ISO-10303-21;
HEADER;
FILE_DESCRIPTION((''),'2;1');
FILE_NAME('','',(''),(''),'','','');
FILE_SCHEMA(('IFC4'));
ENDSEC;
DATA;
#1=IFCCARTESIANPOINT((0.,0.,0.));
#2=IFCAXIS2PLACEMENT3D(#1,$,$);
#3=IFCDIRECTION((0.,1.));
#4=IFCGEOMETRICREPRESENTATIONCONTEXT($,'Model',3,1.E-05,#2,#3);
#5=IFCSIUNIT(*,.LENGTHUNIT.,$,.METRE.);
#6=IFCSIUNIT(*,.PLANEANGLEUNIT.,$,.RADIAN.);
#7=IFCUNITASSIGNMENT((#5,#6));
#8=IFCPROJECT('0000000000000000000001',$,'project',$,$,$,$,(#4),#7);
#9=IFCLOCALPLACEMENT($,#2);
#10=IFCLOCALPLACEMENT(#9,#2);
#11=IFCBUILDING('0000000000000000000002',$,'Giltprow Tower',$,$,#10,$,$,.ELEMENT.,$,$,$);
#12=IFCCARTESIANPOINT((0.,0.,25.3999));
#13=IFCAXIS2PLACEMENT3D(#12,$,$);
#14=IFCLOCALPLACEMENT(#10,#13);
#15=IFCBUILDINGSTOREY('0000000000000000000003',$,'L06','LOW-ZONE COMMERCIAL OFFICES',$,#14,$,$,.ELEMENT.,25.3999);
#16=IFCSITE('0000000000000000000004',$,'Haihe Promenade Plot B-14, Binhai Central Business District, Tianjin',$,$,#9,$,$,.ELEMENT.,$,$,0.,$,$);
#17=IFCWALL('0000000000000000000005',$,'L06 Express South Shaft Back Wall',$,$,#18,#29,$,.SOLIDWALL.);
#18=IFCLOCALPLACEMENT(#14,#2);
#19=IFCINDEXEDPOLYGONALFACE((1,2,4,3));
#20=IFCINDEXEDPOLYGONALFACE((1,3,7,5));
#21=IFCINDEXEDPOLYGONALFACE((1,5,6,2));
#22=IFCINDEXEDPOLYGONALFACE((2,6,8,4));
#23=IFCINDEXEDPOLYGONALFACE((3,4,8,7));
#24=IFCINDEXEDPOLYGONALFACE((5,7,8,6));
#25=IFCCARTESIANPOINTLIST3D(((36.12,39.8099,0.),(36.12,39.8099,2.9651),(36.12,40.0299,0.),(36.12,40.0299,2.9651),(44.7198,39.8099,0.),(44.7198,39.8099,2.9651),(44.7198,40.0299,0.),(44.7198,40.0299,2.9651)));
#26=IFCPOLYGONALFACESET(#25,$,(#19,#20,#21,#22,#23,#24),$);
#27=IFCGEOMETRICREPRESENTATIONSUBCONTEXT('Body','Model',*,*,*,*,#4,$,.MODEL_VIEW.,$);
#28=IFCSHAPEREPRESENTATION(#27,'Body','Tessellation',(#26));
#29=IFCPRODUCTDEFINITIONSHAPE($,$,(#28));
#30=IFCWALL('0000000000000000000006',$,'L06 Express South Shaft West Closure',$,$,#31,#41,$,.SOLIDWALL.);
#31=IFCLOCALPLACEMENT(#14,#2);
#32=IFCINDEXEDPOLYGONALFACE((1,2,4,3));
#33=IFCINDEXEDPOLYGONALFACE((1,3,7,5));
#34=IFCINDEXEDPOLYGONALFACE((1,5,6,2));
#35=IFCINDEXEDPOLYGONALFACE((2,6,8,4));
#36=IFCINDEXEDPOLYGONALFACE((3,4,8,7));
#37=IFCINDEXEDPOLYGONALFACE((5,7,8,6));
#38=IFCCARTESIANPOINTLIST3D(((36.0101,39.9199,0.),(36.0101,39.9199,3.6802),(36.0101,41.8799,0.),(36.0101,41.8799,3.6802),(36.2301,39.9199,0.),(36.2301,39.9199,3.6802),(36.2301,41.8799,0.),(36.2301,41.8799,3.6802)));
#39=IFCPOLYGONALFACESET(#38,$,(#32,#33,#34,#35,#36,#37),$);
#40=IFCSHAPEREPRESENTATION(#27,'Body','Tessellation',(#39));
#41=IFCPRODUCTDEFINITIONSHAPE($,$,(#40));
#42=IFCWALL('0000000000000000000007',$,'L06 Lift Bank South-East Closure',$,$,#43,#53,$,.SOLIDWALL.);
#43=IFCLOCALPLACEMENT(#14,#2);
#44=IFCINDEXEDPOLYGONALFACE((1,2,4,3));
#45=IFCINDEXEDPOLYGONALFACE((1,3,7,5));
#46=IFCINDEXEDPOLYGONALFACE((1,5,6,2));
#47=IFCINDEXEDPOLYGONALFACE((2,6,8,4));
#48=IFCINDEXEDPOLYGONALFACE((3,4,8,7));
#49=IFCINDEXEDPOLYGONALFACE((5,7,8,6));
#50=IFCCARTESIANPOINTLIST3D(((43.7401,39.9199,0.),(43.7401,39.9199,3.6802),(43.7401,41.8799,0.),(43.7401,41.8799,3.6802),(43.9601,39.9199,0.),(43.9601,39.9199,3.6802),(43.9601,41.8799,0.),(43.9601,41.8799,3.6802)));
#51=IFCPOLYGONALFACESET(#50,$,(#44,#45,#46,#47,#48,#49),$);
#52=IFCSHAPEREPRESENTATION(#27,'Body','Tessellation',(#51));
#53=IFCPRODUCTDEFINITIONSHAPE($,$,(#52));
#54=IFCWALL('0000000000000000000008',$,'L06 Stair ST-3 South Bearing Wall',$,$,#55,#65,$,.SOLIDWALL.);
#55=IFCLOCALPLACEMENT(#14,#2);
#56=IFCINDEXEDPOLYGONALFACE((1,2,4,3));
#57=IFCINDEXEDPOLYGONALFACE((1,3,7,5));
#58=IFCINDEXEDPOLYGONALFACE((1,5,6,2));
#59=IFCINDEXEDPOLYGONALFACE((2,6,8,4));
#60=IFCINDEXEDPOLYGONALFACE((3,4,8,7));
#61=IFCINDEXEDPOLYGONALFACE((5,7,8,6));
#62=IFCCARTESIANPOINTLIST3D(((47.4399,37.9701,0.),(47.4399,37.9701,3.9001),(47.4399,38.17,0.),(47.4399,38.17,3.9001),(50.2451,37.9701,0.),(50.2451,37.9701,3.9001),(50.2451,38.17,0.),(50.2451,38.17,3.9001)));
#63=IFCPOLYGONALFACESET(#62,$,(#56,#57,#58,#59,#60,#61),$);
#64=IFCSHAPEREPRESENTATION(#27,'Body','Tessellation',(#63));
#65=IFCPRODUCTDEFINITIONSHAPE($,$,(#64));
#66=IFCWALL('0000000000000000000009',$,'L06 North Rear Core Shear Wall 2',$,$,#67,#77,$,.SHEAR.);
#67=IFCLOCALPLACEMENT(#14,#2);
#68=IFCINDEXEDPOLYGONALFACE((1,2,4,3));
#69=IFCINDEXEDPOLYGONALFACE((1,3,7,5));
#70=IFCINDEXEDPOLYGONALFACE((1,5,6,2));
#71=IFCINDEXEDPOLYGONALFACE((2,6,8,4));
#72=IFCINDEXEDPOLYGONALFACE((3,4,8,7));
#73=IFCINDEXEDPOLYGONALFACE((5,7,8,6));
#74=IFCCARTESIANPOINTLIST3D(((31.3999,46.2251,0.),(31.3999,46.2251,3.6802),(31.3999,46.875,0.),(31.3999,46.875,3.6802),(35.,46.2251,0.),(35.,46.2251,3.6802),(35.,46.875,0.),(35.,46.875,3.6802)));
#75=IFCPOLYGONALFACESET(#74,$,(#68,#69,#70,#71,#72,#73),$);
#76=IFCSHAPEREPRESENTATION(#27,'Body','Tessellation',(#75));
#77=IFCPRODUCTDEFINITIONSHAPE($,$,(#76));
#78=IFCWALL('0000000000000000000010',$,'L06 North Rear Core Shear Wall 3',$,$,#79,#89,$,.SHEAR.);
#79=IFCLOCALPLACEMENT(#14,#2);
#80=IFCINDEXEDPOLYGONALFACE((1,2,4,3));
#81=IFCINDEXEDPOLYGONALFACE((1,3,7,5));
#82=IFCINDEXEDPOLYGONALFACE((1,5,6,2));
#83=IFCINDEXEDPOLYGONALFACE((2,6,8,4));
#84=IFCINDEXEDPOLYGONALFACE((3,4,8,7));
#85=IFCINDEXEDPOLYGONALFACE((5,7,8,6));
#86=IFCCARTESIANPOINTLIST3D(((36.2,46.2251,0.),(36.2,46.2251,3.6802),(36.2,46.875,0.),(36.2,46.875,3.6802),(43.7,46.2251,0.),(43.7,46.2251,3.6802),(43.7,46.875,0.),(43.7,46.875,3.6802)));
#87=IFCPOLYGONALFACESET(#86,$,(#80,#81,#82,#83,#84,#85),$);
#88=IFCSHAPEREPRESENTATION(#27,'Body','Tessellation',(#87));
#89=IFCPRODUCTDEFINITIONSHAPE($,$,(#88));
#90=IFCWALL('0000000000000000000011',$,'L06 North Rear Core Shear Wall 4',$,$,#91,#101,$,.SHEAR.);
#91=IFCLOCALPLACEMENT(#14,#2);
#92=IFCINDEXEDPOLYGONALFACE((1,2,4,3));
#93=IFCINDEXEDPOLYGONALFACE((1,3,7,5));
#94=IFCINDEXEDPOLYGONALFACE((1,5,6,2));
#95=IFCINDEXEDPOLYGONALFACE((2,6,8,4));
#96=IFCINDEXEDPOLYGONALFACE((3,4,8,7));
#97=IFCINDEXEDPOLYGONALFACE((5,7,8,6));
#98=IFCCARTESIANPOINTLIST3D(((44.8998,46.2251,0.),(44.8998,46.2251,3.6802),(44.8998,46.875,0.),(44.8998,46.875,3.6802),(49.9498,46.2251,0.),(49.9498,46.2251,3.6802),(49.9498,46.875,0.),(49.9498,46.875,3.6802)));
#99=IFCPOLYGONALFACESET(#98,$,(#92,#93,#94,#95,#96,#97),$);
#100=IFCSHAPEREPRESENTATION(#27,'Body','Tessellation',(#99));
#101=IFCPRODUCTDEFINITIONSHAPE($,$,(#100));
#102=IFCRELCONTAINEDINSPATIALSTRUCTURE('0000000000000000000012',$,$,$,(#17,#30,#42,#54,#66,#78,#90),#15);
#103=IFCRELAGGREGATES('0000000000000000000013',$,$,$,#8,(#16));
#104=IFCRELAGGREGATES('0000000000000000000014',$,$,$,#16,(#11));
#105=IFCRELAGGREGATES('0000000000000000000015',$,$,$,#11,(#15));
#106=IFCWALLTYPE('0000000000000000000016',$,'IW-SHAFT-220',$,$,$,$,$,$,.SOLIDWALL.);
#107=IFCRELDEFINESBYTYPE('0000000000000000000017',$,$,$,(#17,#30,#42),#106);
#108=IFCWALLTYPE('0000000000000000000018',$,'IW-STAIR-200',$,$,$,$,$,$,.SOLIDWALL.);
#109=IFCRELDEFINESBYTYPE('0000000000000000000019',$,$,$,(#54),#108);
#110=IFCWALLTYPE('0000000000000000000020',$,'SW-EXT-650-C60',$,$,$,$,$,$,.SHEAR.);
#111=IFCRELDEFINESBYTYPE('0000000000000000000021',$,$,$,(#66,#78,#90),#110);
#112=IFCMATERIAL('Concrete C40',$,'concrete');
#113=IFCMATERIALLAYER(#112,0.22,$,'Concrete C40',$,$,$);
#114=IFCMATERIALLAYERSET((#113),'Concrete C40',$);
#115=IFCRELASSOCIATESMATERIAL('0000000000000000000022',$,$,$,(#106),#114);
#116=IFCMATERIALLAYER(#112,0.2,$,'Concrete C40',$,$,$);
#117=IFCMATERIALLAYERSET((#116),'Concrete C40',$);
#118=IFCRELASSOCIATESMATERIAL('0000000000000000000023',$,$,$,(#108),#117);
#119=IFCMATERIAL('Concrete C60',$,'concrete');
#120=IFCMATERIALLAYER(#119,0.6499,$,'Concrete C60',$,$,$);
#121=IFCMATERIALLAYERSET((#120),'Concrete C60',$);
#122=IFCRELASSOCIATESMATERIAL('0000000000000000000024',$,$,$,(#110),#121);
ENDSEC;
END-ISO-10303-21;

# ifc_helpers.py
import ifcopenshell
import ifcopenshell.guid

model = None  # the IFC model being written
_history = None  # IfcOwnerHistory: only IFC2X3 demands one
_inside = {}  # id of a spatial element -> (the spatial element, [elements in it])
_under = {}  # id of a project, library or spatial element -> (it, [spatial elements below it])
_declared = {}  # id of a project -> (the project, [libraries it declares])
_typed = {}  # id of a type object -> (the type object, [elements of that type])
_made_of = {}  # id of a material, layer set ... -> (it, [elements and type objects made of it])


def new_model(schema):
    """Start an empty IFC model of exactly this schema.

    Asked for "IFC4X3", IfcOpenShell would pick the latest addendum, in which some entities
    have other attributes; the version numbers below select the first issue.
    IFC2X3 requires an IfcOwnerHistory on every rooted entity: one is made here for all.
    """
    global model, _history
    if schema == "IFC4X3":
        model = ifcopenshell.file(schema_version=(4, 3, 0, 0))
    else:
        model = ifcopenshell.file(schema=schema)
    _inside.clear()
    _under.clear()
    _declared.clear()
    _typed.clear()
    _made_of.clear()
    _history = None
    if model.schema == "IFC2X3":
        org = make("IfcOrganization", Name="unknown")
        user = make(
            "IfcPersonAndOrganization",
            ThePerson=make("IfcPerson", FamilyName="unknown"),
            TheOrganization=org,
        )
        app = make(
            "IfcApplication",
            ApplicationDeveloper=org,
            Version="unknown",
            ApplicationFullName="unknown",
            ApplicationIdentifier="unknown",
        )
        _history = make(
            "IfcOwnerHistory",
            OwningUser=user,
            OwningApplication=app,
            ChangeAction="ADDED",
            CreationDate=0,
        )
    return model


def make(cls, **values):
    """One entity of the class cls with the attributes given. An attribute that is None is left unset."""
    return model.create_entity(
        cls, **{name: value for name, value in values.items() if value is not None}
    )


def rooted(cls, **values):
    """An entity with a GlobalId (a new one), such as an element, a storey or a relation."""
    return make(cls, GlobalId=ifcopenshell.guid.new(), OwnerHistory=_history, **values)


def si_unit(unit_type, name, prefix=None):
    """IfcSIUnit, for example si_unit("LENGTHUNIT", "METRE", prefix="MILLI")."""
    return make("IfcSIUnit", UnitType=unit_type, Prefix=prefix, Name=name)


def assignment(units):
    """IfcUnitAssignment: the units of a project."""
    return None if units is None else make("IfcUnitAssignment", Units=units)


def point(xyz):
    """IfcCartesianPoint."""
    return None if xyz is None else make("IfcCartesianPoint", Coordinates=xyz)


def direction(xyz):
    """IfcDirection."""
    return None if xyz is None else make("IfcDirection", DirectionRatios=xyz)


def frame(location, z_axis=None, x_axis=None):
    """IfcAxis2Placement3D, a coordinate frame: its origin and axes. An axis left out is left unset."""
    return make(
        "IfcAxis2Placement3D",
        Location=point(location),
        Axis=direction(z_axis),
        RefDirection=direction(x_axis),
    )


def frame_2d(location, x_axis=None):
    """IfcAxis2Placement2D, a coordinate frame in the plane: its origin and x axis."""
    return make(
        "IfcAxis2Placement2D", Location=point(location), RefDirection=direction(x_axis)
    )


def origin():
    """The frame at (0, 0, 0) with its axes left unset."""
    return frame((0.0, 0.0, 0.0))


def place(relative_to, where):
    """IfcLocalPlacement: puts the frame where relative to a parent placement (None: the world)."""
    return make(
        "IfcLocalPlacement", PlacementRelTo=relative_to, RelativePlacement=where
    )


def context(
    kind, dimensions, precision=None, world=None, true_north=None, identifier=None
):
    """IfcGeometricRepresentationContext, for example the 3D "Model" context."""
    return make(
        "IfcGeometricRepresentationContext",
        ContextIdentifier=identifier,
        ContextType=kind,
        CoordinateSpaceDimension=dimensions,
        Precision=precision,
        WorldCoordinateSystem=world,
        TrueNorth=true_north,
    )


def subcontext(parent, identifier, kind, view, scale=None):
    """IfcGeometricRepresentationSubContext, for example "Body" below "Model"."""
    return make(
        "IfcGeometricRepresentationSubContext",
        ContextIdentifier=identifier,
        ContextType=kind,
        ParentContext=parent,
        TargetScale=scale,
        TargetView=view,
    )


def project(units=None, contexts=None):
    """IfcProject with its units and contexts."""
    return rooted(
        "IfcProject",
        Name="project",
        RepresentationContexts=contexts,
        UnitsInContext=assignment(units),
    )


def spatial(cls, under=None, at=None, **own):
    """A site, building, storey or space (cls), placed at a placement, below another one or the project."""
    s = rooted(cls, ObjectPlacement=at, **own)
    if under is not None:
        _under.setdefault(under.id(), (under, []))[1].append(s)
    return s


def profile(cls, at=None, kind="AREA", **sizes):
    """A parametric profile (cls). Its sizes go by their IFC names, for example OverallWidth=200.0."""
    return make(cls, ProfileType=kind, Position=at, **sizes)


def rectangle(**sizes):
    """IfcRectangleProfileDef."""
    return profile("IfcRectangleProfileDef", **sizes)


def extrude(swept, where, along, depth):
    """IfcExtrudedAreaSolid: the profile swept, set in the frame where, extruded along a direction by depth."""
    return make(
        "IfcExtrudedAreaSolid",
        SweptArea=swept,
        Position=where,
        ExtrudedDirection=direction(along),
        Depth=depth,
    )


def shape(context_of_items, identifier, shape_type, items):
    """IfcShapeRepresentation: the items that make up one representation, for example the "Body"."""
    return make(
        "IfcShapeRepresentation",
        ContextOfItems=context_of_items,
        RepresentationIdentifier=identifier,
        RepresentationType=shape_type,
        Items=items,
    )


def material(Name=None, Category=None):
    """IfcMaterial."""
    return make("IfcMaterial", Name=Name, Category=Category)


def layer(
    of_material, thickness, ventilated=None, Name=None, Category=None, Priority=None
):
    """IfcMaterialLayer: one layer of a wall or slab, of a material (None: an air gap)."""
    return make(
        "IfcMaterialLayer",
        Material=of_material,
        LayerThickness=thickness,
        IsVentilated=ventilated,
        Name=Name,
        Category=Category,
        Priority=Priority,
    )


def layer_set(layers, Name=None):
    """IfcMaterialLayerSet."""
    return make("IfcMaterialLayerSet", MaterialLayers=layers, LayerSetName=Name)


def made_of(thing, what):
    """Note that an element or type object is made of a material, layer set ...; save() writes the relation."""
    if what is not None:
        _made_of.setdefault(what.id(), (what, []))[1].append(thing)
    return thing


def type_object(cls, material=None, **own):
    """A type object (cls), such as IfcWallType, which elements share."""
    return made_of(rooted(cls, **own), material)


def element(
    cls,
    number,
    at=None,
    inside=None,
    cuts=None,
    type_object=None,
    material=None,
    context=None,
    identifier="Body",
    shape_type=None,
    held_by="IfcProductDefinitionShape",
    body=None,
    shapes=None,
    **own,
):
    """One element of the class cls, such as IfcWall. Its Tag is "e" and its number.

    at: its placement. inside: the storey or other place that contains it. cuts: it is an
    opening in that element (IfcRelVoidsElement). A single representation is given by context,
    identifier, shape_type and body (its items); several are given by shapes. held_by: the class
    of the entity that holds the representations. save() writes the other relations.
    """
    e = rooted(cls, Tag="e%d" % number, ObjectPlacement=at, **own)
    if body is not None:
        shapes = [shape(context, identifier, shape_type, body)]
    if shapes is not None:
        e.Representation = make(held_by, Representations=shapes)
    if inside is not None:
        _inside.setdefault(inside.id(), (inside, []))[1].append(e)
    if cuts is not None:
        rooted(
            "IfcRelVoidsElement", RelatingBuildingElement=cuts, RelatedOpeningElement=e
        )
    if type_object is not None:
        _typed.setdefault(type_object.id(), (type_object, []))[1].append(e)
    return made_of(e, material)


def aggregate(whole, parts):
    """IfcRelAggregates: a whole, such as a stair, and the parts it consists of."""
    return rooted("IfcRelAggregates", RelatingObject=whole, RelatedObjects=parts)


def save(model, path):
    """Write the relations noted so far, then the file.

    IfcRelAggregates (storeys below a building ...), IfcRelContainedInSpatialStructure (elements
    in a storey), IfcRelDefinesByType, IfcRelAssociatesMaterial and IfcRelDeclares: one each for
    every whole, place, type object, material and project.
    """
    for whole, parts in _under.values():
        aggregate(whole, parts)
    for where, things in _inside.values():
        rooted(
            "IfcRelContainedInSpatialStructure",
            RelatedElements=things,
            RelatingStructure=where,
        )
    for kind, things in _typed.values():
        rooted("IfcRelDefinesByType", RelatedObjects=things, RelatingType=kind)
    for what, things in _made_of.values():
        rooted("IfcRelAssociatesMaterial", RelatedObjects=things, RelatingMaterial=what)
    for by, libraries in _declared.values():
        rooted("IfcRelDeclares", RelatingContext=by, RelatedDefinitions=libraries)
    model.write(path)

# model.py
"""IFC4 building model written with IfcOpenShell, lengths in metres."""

from ifc_helpers import new_model, si_unit, direction, frame, frame_2d, origin, place, context, subcontext, project, spatial, rectangle, extrude, material, layer, layer_set, type_object, element, save


model = new_model("IFC4")

# Units and contexts
model_context = context("Model", 3, precision=1e-05, world=origin(), true_north=direction((0.0, 1.0)))
body_context = subcontext(model_context, "Body", "Model", "MODEL_VIEW")
ifc_project = project(units=[si_unit("LENGTHUNIT", "METRE"), si_unit("PLANEANGLEUNIT", "RADIAN")], contexts=[model_context])

# Site, building, storey
site_placement = place(None, origin())
site = spatial("IfcSite", under=ifc_project, at=site_placement, Name="Haihe Promenade Plot B-14, Binhai Central Business District, Tianjin", CompositionType="ELEMENT", RefElevation=0.0)
building_placement = place(site_placement, origin())
building = spatial("IfcBuilding", under=site, at=building_placement, Name="Giltprow Tower", CompositionType="ELEMENT")
storey_placement = place(building_placement, frame((0.0, 0.0, 25.3999)))
storey = spatial("IfcBuildingStorey", under=building, at=storey_placement, Name="L06", Description="LOW-ZONE COMMERCIAL OFFICES", CompositionType="ELEMENT", Elevation=25.3999)

# Shared definitions
ifc_material_1 = material(Name="Concrete C60", Category="concrete")

# Shared definitions
ifc_material_2 = material(Name="Concrete C40", Category="concrete")
ifc_layer_1 = layer(ifc_material_2, 0.22, Name="Concrete C40")
ifc_layer_set_1 = layer_set([ifc_layer_1], Name="Concrete C40")
wall_type_1 = type_object("IfcWallType", Name="IW-SHAFT-220", PredefinedType="SOLIDWALL", material=ifc_layer_set_1)

# Walls
wall_1_placement = place(storey_placement, frame((36.1201, 39.9199, 0.0), z_axis=(0.0, 0.0, 1.0), x_axis=(1.0, 0.0, 0.0)))
element("IfcWall", 1, at=wall_1_placement, inside=storey, type_object=wall_type_1, Name="L06 Express South Shaft Back Wall", PredefinedType="SOLIDWALL", context=body_context, shape_type="SweptSolid", body=[
    extrude(rectangle(XDim=8.5999, YDim=0.22, at=frame_2d((4.2998, 0.0))), origin(), (0.0, 0.0, 1.0), 2.9651),
])
for number, where, z_axis, x_axis, name in (
    (2, (36.1201, 39.9199, 0.0), (0.0, 0.0, 1.0), (0.0, 1.0, 0.0), "L06 Express South Shaft West Closure"),
    (3, (43.8501, 39.9199, 0.0), (0.0, 0.0, 1.0), (0.0, 1.0, 0.0), "L06 Lift Bank South-East Closure"),
):
    element("IfcWall", number, at=place(storey_placement, frame(where, z_axis=z_axis, x_axis=x_axis)), inside=storey, type_object=wall_type_1, Name=name, PredefinedType="SOLIDWALL", context=body_context, shape_type="SweptSolid", body=[
        extrude(rectangle(XDim=1.96, YDim=0.22, at=frame_2d((0.98, 0.0))), origin(), (0.0, 0.0, 1.0), 3.6802),
    ])
ifc_layer_2 = layer(ifc_material_2, 0.2, Name="Concrete C40")
ifc_layer_set_2 = layer_set([ifc_layer_2], Name="Concrete C40")
wall_type_2 = type_object("IfcWallType", Name="IW-STAIR-200", PredefinedType="SOLIDWALL", material=ifc_layer_set_2)
wall_2_placement = place(storey_placement, frame((47.4399, 38.0701, 0.0), z_axis=(0.0, 0.0, 1.0), x_axis=(1.0, 0.0, 0.0)))
element("IfcWall", 4, at=wall_2_placement, inside=storey, type_object=wall_type_2, Name="L06 Stair ST-3 South Bearing Wall", PredefinedType="SOLIDWALL", context=body_context, shape_type="SweptSolid", body=[
    extrude(rectangle(XDim=2.8052, YDim=0.2, at=frame_2d((1.4026, 0.0))), origin(), (0.0, 0.0, 1.0), 3.9001),
])
ifc_layer_3 = layer(ifc_material_1, 0.6499, Name="Concrete C60")
ifc_layer_set_3 = layer_set([ifc_layer_3], Name="Concrete C60")
wall_type_3 = type_object("IfcWallType", Name="SW-EXT-650-C60", PredefinedType="SHEAR", material=ifc_layer_set_3)
wall_3_placement = place(storey_placement, frame((31.3999, 46.55, 0.0), z_axis=(0.0, 0.0, 1.0), x_axis=(1.0, 0.0, 0.0)))
element("IfcWall", 5, at=wall_3_placement, inside=storey, type_object=wall_type_3, Name="L06 North Rear Core Shear Wall 2", PredefinedType="SHEAR", context=body_context, shape_type="SweptSolid", body=[
    extrude(rectangle(XDim=3.6001, YDim=0.6499, at=frame_2d((1.8, 0.0))), origin(), (0.0, 0.0, 1.0), 3.6802),
])
wall_4_placement = place(storey_placement, frame((36.2, 46.55, 0.0), z_axis=(0.0, 0.0, 1.0), x_axis=(1.0, 0.0, 0.0)))
element("IfcWall", 6, at=wall_4_placement, inside=storey, type_object=wall_type_3, Name="L06 North Rear Core Shear Wall 3", PredefinedType="SHEAR", context=body_context, shape_type="SweptSolid", body=[
    extrude(rectangle(XDim=7.5, YDim=0.6499, at=frame_2d((3.75, 0.0))), origin(), (0.0, 0.0, 1.0), 3.6802),
])
wall_5_placement = place(storey_placement, frame((44.8999, 46.55, 0.0), z_axis=(0.0, 0.0, 1.0), x_axis=(1.0, 0.0, 0.0)))
element("IfcWall", 7, at=wall_5_placement, inside=storey, type_object=wall_type_3, Name="L06 North Rear Core Shear Wall 4", PredefinedType="SHEAR", context=body_context, shape_type="SweptSolid", body=[
    extrude(rectangle(XDim=5.05, YDim=0.6499, at=frame_2d((2.5249, 0.0))), origin(), (0.0, 0.0, 1.0), 3.6802),
])

save(model, "model.ifc")
